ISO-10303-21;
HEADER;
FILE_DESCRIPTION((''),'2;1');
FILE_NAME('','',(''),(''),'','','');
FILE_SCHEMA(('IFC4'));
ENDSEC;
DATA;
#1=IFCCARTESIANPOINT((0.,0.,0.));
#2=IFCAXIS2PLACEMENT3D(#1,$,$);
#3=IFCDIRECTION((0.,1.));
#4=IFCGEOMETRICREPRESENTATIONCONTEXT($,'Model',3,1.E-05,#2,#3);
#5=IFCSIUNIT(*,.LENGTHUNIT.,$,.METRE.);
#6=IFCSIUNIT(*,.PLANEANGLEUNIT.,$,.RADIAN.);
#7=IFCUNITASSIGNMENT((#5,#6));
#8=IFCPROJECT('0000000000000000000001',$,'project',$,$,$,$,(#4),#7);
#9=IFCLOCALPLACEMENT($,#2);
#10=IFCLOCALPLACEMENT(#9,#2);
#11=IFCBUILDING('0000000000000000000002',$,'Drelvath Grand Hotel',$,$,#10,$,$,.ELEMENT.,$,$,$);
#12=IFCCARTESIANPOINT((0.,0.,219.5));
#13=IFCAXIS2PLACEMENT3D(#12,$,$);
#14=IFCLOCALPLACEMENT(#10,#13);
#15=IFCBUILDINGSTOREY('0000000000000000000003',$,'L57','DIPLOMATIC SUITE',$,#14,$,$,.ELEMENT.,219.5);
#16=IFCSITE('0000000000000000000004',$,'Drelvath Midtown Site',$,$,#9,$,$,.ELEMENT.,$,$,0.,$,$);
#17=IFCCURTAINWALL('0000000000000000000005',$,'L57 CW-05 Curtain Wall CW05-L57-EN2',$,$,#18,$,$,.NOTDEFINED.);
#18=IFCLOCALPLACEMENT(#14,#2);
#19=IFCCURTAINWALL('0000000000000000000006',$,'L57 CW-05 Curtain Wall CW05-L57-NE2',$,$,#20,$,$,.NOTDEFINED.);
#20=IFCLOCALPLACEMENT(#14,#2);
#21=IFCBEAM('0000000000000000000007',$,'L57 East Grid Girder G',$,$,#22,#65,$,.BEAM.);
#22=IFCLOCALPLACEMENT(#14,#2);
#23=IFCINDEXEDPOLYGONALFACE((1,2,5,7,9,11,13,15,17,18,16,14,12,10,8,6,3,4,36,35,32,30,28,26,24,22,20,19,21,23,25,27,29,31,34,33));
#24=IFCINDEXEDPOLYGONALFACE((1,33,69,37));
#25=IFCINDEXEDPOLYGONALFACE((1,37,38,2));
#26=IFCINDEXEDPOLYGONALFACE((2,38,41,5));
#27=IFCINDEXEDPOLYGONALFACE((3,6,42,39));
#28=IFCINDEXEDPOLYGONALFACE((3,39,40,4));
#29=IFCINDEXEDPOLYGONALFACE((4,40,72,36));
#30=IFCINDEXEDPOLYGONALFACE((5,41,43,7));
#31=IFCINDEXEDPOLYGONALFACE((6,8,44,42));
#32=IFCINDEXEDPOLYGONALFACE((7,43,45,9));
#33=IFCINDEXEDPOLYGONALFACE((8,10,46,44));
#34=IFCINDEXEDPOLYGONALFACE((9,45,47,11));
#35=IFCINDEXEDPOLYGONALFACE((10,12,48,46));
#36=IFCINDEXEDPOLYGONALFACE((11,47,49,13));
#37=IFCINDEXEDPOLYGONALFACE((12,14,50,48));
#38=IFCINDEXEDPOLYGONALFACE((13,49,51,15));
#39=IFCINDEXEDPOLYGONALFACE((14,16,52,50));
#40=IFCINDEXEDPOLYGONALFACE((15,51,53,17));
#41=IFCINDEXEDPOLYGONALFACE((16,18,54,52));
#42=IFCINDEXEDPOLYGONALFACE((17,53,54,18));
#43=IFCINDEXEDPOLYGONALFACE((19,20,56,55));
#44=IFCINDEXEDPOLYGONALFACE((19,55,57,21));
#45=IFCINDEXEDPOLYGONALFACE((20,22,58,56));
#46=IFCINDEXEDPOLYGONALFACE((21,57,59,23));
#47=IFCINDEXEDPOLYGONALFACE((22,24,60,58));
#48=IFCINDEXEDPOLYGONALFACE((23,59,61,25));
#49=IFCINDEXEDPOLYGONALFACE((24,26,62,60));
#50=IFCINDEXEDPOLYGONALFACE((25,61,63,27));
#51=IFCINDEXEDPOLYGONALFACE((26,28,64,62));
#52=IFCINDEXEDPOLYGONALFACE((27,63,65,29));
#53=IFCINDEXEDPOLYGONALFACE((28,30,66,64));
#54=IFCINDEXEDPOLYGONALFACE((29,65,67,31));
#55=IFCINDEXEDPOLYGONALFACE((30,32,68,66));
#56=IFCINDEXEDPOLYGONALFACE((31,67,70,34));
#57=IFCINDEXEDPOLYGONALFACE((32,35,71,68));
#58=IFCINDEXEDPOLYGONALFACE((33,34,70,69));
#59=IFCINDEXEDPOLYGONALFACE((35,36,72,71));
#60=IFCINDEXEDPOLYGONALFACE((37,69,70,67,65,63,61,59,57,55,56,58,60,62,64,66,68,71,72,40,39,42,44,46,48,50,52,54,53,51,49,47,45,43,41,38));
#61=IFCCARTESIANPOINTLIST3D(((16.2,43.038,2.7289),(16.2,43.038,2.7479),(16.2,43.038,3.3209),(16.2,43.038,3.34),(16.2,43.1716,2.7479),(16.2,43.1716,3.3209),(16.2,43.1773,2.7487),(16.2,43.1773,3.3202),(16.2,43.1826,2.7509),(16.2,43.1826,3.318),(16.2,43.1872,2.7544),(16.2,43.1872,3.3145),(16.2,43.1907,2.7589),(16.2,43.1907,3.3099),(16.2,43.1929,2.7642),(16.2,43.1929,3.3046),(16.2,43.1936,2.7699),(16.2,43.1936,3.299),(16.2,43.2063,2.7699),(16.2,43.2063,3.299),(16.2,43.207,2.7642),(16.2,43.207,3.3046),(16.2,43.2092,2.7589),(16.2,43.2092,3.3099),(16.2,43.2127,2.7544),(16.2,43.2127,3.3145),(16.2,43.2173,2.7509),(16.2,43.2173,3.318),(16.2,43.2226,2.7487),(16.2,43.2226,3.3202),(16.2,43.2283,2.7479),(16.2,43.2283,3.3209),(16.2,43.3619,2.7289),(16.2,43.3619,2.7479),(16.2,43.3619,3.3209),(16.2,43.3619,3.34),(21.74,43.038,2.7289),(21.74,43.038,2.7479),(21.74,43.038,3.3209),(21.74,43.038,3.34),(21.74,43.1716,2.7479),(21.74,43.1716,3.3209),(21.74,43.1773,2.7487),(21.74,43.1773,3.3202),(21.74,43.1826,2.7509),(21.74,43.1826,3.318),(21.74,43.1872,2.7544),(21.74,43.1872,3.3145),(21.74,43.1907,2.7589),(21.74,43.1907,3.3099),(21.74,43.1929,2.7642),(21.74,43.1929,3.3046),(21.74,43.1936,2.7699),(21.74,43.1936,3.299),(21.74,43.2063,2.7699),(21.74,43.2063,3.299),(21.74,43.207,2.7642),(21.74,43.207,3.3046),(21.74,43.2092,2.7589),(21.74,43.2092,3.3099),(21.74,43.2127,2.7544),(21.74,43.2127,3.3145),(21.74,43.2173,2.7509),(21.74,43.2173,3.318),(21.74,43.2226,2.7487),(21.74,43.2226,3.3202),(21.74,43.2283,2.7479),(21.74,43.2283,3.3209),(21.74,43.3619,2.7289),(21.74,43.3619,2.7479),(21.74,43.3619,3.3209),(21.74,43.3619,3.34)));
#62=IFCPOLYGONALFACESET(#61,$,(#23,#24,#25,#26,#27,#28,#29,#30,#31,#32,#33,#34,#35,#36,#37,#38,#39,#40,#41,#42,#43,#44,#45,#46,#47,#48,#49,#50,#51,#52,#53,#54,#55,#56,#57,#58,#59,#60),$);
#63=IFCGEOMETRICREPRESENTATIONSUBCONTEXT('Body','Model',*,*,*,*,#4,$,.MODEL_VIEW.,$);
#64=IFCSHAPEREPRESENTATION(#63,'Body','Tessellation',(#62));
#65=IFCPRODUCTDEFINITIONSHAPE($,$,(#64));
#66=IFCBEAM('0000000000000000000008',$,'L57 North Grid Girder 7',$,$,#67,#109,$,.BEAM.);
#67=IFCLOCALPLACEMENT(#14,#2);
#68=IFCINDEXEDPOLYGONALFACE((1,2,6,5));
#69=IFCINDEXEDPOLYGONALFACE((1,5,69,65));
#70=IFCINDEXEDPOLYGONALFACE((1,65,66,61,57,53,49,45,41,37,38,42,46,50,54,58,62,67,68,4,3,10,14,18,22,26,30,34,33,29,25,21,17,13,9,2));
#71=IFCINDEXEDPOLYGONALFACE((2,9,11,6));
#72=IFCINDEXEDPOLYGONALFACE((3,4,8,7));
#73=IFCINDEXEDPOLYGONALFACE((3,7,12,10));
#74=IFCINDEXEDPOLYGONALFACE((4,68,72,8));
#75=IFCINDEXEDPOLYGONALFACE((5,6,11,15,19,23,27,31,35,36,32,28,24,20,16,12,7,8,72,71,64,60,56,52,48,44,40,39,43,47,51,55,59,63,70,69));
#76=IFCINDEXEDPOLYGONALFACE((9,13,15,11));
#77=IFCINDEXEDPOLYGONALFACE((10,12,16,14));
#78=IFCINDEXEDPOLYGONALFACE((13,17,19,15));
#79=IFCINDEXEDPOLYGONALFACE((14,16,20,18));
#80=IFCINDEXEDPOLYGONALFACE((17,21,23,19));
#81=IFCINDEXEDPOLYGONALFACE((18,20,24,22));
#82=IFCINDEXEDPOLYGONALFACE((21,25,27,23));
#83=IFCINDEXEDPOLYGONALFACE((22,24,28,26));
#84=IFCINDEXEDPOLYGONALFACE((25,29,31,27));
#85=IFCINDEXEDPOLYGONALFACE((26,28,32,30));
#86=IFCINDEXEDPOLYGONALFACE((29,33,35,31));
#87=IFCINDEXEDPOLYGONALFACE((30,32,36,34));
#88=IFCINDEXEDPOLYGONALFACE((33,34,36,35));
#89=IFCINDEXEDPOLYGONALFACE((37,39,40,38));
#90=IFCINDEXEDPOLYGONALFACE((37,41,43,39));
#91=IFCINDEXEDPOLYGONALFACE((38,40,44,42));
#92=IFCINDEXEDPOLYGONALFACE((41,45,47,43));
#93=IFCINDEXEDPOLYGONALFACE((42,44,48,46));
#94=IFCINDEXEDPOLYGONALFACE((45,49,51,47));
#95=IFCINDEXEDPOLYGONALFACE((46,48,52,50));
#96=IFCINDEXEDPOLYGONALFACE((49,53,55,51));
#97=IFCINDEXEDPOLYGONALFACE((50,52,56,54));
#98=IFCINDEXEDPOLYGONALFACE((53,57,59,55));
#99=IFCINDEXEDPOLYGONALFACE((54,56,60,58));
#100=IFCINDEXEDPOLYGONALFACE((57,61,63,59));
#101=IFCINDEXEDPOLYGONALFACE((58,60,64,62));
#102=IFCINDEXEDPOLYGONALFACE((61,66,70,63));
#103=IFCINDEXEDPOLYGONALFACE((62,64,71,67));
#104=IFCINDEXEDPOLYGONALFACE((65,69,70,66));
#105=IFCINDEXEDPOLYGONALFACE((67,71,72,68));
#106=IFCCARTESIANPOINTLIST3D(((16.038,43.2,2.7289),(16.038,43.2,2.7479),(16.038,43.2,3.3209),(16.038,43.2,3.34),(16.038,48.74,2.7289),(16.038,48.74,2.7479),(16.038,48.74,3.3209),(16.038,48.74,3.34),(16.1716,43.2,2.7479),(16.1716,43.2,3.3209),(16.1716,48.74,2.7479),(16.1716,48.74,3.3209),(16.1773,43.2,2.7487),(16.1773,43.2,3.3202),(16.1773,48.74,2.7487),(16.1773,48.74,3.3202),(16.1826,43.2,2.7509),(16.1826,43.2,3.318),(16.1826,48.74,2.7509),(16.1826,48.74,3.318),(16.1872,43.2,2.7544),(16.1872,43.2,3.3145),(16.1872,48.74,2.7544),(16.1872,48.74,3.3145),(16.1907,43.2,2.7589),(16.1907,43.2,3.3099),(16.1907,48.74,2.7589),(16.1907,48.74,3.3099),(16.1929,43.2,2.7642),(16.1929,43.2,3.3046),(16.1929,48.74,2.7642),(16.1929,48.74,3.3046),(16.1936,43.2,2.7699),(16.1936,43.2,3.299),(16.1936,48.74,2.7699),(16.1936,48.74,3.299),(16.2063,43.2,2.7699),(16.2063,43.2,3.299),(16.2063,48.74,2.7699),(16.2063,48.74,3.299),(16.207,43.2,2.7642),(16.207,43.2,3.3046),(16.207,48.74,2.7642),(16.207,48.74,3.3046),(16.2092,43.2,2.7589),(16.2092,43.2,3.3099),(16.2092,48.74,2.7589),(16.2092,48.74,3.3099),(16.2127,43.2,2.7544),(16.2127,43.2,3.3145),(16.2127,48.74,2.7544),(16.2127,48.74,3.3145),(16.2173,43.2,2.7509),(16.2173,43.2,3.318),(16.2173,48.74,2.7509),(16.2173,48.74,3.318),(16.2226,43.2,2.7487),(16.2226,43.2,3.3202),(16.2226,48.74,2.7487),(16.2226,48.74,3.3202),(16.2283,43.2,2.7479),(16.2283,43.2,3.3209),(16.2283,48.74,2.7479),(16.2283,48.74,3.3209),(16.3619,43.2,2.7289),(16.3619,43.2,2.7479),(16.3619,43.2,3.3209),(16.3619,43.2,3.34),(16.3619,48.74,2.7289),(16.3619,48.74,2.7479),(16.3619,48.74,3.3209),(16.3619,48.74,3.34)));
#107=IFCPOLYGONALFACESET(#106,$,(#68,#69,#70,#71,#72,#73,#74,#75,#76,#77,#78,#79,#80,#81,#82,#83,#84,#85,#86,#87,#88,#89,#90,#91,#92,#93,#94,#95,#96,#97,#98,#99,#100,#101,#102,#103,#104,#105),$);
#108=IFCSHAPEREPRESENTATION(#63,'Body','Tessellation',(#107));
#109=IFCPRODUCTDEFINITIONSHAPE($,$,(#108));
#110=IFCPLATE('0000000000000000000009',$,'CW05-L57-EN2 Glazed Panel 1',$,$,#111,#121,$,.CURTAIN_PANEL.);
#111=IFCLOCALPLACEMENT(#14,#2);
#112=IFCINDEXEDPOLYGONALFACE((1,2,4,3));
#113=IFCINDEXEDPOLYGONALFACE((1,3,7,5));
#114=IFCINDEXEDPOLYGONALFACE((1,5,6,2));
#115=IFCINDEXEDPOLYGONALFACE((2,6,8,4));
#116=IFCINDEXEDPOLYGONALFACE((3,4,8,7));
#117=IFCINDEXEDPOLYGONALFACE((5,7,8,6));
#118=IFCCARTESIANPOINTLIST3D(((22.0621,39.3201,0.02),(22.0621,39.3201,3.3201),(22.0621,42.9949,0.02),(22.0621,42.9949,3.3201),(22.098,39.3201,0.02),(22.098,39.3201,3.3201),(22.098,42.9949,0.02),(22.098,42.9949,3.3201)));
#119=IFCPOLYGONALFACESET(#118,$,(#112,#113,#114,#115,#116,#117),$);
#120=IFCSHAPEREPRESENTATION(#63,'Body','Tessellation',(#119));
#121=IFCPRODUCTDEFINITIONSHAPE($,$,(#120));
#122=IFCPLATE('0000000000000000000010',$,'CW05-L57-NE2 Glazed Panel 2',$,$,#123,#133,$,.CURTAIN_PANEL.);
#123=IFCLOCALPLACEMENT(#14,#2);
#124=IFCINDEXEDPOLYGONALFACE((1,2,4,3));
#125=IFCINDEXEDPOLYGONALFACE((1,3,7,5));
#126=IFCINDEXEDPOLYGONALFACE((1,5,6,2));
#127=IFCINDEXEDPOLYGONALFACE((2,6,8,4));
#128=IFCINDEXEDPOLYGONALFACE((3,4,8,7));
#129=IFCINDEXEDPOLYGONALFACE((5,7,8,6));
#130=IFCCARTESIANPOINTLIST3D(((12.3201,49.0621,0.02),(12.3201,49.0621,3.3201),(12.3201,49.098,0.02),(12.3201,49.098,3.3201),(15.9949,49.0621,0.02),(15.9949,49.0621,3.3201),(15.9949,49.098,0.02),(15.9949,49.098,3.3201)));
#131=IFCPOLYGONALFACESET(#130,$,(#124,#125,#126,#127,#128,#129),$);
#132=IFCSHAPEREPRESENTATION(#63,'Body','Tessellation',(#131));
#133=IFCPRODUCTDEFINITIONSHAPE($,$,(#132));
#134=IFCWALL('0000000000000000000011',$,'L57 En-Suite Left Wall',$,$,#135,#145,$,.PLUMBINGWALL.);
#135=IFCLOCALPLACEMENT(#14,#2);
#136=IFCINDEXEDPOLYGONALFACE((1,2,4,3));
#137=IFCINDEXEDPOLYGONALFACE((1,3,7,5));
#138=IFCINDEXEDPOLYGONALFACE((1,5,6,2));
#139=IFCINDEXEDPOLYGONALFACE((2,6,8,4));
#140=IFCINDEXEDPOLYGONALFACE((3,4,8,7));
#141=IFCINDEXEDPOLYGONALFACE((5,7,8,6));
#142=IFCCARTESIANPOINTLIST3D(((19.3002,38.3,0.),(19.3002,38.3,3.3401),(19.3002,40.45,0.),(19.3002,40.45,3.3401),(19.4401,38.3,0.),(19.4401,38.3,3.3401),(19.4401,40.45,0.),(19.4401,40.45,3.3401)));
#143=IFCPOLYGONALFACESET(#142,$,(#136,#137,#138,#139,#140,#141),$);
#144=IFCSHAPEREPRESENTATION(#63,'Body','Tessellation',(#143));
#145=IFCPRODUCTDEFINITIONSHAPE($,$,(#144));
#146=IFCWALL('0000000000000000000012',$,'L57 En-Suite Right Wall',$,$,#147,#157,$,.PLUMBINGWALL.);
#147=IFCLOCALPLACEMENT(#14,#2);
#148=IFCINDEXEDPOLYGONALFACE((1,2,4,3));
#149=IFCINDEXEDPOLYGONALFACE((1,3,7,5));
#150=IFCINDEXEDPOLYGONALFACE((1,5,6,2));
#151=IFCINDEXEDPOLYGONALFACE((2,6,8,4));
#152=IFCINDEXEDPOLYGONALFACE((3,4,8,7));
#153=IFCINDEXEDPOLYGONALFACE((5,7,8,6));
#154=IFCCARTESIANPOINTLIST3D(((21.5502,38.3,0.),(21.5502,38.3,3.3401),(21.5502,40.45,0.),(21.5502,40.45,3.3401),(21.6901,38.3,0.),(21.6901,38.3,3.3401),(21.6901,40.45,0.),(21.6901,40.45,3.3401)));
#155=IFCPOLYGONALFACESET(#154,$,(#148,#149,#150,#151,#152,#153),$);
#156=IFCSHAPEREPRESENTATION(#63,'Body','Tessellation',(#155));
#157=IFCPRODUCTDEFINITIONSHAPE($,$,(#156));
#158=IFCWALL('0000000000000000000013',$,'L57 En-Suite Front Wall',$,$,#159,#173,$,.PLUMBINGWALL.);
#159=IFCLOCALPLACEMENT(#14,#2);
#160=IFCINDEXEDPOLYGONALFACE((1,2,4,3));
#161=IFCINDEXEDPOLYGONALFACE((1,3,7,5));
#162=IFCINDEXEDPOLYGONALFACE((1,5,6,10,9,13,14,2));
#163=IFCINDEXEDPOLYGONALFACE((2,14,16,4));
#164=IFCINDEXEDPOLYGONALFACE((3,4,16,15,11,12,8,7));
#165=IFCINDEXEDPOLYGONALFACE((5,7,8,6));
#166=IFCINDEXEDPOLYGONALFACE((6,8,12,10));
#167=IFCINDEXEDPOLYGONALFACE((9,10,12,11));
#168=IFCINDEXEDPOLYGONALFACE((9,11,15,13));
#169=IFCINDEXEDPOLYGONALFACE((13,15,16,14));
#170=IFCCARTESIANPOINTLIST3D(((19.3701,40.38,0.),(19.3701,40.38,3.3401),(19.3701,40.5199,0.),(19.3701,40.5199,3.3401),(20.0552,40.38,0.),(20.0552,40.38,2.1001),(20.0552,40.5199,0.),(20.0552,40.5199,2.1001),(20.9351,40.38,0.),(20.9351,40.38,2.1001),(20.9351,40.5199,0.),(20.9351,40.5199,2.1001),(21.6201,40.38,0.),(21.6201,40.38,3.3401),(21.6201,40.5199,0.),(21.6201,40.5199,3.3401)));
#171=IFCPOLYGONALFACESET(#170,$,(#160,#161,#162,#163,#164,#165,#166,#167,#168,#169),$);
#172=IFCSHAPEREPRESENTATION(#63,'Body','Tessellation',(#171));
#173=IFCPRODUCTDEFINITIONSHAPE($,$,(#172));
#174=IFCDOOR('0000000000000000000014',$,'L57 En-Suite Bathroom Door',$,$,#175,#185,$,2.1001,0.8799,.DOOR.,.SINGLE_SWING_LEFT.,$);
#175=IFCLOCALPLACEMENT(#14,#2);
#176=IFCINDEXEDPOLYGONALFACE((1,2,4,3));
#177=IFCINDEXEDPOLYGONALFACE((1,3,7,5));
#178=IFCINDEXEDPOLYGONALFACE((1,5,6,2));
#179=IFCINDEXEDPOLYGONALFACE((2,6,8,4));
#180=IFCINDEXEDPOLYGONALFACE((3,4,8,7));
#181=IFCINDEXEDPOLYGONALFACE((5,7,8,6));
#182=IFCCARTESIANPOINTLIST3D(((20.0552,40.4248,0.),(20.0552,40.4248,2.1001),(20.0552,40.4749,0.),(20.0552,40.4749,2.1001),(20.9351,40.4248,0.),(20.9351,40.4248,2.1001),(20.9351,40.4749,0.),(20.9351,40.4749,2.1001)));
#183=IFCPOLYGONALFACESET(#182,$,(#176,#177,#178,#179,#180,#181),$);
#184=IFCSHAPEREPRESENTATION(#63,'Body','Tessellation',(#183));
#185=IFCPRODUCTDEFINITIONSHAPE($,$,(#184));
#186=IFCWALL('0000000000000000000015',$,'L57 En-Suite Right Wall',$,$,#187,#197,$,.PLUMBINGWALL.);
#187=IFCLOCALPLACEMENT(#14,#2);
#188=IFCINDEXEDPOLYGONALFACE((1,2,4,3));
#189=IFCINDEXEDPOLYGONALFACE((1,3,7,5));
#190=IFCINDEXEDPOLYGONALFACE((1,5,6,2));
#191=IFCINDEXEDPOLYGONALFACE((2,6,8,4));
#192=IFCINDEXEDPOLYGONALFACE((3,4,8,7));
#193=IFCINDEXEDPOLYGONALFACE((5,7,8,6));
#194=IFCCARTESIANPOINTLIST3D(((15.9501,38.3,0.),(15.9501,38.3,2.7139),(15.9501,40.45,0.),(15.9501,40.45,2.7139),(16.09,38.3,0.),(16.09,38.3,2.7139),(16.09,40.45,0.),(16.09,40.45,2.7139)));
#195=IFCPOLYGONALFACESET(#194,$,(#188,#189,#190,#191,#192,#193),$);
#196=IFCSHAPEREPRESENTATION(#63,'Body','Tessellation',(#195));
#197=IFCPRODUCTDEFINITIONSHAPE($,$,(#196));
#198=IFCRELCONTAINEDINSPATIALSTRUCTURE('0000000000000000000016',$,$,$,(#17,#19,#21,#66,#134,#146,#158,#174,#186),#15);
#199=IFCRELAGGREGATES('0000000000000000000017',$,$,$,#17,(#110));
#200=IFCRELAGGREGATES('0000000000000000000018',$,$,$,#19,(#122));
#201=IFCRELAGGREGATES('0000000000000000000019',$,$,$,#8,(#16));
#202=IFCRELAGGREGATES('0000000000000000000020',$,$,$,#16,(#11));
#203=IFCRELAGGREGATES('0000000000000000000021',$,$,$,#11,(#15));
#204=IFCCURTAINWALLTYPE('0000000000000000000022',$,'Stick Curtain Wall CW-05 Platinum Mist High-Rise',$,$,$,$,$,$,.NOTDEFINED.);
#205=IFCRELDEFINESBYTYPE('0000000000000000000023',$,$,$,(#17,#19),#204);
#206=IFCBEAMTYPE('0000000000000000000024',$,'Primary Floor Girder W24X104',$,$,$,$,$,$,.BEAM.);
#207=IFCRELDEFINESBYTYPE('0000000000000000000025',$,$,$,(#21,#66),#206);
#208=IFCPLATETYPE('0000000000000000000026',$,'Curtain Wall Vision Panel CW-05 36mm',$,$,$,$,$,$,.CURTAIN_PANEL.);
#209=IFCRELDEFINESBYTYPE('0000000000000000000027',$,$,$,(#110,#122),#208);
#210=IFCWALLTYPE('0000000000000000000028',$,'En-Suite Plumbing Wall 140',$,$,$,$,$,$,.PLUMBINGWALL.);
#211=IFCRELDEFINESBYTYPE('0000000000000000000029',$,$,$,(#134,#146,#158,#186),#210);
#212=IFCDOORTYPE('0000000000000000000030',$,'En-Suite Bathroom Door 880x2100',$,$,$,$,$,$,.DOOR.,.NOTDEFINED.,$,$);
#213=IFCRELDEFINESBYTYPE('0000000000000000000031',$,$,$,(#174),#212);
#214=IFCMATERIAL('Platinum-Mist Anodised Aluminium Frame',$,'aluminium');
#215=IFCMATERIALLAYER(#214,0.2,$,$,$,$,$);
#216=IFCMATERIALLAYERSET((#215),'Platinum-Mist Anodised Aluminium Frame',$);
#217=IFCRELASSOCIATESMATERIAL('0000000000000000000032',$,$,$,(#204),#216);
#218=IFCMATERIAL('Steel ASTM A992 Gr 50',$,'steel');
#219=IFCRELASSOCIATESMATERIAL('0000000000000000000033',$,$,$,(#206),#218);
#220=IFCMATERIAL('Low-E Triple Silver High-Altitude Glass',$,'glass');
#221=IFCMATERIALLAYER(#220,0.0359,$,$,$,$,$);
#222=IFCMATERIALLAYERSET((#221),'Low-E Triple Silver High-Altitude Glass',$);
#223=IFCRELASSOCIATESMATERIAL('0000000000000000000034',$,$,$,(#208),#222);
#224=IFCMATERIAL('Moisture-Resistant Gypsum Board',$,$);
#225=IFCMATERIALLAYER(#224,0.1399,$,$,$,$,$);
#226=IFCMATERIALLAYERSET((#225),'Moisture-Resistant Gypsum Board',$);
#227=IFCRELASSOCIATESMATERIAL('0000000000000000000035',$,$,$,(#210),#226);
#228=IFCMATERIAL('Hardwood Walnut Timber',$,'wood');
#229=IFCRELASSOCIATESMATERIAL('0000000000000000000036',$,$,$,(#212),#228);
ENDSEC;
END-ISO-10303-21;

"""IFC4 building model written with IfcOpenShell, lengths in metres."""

from ifc_helpers import new_model, si_unit, direction, frame, frame_2d, origin, origin_2d, place, context, subcontext, project, spatial, rectangle, i_section, extrude, material, layer, layer_set, material_profile, profile_set, type_object, element, fill, aggregate, save


model = new_model("IFC4")

# Units and contexts
model_context = context("Model", 3, precision=1e-05, world=origin(), true_north=direction((0.0, 1.0)))
body_context = subcontext(model_context, "Body", "Model", "MODEL_VIEW")
ifc_project = project(units=[si_unit("LENGTHUNIT", "METRE"), si_unit("PLANEANGLEUNIT", "RADIAN")], contexts=[model_context])

# Site, building, storey
site_placement = place(None, origin())
site = spatial("IfcSite", under=ifc_project, at=site_placement, Name="Drelvath Midtown Site", CompositionType="ELEMENT", RefElevation=0.0)
building_placement = place(site_placement, origin())
building = spatial("IfcBuilding", under=site, at=building_placement, Name="Drelvath Grand Hotel", CompositionType="ELEMENT")
storey_placement = place(building_placement, frame((0.0, 0.0, 219.5)))
storey = spatial("IfcBuildingStorey", under=building, at=storey_placement, Name="L57", Description="DIPLOMATIC SUITE", CompositionType="ELEMENT", Elevation=219.5)

# Curtain wall
ifc_material_1 = material(Name="Platinum-Mist Anodised Aluminium Frame", Category="aluminium")
ifc_layer_1 = layer(ifc_material_1, 0.2)
ifc_layer_set_1 = layer_set([ifc_layer_1], Name="Platinum-Mist Anodised Aluminium Frame")
curtain_wall_type = type_object("IfcCurtainWallType", Name="Stick Curtain Wall CW-05 Platinum Mist High-Rise", PredefinedType="NOTDEFINED", material=ifc_layer_set_1)
curtain_wall_1_placement = place(storey_placement, origin())
curtain_wall_1 = element("IfcCurtainWall", 1, at=curtain_wall_1_placement, inside=storey, type_object=curtain_wall_type, Name="L57 CW-05 Curtain Wall CW05-L57-EN2", PredefinedType="NOTDEFINED")

# Curtain wall
curtain_wall_2_placement = place(storey_placement, origin())
curtain_wall_2 = element("IfcCurtainWall", 2, at=curtain_wall_2_placement, inside=storey, type_object=curtain_wall_type, Name="L57 CW-05 Curtain Wall CW05-L57-NE2", PredefinedType="NOTDEFINED")

# Beams
ifc_material_2 = material(Name="Steel ASTM A992 Gr 50", Category="steel")
ifc_material_profile_1 = material_profile(ifc_material_2, i_section(OverallWidth=0.324, OverallDepth=0.6111, WebThickness=0.0127, FlangeThickness=0.019, FilletRadius=0.022, at=origin_2d()), Name="W24X104")
ifc_profile_set_1 = profile_set([ifc_material_profile_1], Name="Steel ASTM A992 Gr 50")
beam_type = type_object("IfcBeamType", Name="Primary Floor Girder W24X104", PredefinedType="BEAM", material=ifc_profile_set_1)
for number, where, z_axis, x_axis, name in (
    (3, (16.2, 43.2, 3.0344), (1.0, 0.0, 0.0), (0.0, 1.0, 0.0), "L57 East Grid Girder G"),
    (4, (16.2, 43.2, 3.0344), (0.0, 1.0, 0.0), (-1.0, 0.0, 0.0), "L57 North Grid Girder 7"),
):
    element("IfcBeam", number, at=place(storey_placement, frame(where, z_axis=z_axis, x_axis=x_axis)), inside=storey, type_object=beam_type, Name=name, PredefinedType="BEAM", context=body_context, shape_type="SweptSolid", body=[
        extrude(i_section(OverallWidth=0.324, OverallDepth=0.6111, WebThickness=0.0127, FlangeThickness=0.019, FilletRadius=0.022, at=origin_2d()), origin(), (0.0, 0.0, 1.0), 5.54),
    ])

# Plates
ifc_material_3 = material(Name="Low-E Triple Silver High-Altitude Glass", Category="glass")
ifc_layer_2 = layer(ifc_material_3, 0.0359)
ifc_layer_set_2 = layer_set([ifc_layer_2], Name="Low-E Triple Silver High-Altitude Glass")
plate_type = type_object("IfcPlateType", Name="Curtain Wall Vision Panel CW-05 36mm", PredefinedType="CURTAIN_PANEL", material=ifc_layer_set_2)
plate_1_placement = place(storey_placement, frame((22.0801, 41.1575, 0.02), z_axis=(0.0, 0.0, 1.0), x_axis=(0.0, -1.0, 0.0)))
plate_1 = element("IfcPlate", 5, at=plate_1_placement, type_object=plate_type, Name="CW05-L57-EN2 Glazed Panel 1", PredefinedType="CURTAIN_PANEL", context=body_context, shape_type="SweptSolid", body=[
    extrude(rectangle(XDim=3.6748, YDim=0.0359, at=origin_2d()), origin(), (0.0, 0.0, 1.0), 3.3),
])
aggregate(curtain_wall_1, [plate_1])
plate_2_placement = place(storey_placement, frame((14.1575, 49.0801, 0.02), z_axis=(0.0, 0.0, 1.0), x_axis=(1.0, 0.0, 0.0)))
plate_2 = element("IfcPlate", 6, at=plate_2_placement, type_object=plate_type, Name="CW05-L57-NE2 Glazed Panel 2", PredefinedType="CURTAIN_PANEL", context=body_context, shape_type="SweptSolid", body=[
    extrude(rectangle(XDim=3.6748, YDim=0.0359, at=origin_2d()), origin(), (0.0, 0.0, 1.0), 3.3),
])
aggregate(curtain_wall_2, [plate_2])

# Walls
ifc_material_4 = material(Name="Moisture-Resistant Gypsum Board")
ifc_layer_3 = layer(ifc_material_4, 0.1399)
ifc_layer_set_3 = layer_set([ifc_layer_3], Name="Moisture-Resistant Gypsum Board")
wall_type_1 = type_object("IfcWallType", Name="En-Suite Plumbing Wall 140", PredefinedType="PLUMBINGWALL", material=ifc_layer_set_3)
for number, where, z_axis, x_axis, name in (
    (7, (19.3701, 38.3, 0.0), (0.0, 0.0, 1.0), (0.0, 1.0, 0.0), "L57 En-Suite Left Wall"),
    (8, (21.6201, 38.3, 0.0), (0.0, 0.0, 1.0), (0.0, 1.0, 0.0), "L57 En-Suite Right Wall"),
):
    element("IfcWall", number, at=place(storey_placement, frame(where, z_axis=z_axis, x_axis=x_axis)), inside=storey, type_object=wall_type_1, Name=name, PredefinedType="PLUMBINGWALL", context=body_context, shape_type="SweptSolid", body=[
        extrude(rectangle(XDim=2.1499, YDim=0.1399, at=frame_2d((1.075, 0.0))), origin(), (0.0, 0.0, 1.0), 3.3401),
    ])

# Wall, opening, door
wall_1_placement = place(storey_placement, frame((19.3701, 40.45, 0.0), z_axis=(0.0, 0.0, 1.0), x_axis=(1.0, 0.0, 0.0)))
wall_1 = element("IfcWall", 9, at=wall_1_placement, inside=storey, type_object=wall_type_1, Name="L57 En-Suite Front Wall", PredefinedType="PLUMBINGWALL", context=body_context, shape_type="SweptSolid", body=[
    extrude(rectangle(XDim=2.25, YDim=0.1399, at=frame_2d((1.125, 0.0))), origin(), (0.0, 0.0, 1.0), 3.3401),
])
opening_1_placement = place(wall_1_placement, frame((0.6851, 0.0, 0.0)))
opening_1 = element("IfcOpeningElement", 10, at=opening_1_placement, cuts=wall_1, PredefinedType="OPENING", context=body_context, shape_type="SweptSolid", body=[
    extrude(rectangle(XDim=0.8799, YDim=2.1001, at=frame_2d((0.4399, 1.05))), frame((0.0, 0.0798, 0.0), z_axis=(0.0, -1.0, 0.0), x_axis=(1.0, 0.0, 0.0)), (0.0, 0.0, 1.0), 0.1599),
])
ifc_material_5 = material(Name="Hardwood Walnut Timber", Category="wood")
door_type = type_object("IfcDoorType", Name="En-Suite Bathroom Door 880x2100", OperationType="NOTDEFINED", PredefinedType="DOOR", material=ifc_material_5)
door_1_placement = place(opening_1_placement, origin())
door_1 = element("IfcDoor", 11, at=door_1_placement, inside=storey, type_object=door_type, Name="L57 En-Suite Bathroom Door", OperationType="SINGLE_SWING_LEFT", OverallHeight=2.1001, OverallWidth=0.8799, PredefinedType="DOOR", context=body_context, shape_type="SweptSolid", body=[
    extrude(rectangle(XDim=0.8799, YDim=2.1001, at=frame_2d((0.4399, 1.05))), frame((0.0, 0.0249, 0.0), z_axis=(0.0, -1.0, 0.0), x_axis=(1.0, 0.0, 0.0)), (0.0, 0.0, 1.0), 0.05),
])
fill(opening_1, door_1)

# Wall
wall_2_placement = place(storey_placement, frame((16.02, 38.3, 0.0), z_axis=(0.0, 0.0, 1.0), x_axis=(0.0, 1.0, 0.0)))
element("IfcWall", 12, at=wall_2_placement, inside=storey, type_object=wall_type_1, Name="L57 En-Suite Right Wall", PredefinedType="PLUMBINGWALL", context=body_context, shape_type="SweptSolid", body=[
    extrude(rectangle(XDim=2.1499, YDim=0.1399, at=frame_2d((1.075, 0.0))), origin(), (0.0, 0.0, 1.0), 2.7139),
])

save(model, "model.ifc")
